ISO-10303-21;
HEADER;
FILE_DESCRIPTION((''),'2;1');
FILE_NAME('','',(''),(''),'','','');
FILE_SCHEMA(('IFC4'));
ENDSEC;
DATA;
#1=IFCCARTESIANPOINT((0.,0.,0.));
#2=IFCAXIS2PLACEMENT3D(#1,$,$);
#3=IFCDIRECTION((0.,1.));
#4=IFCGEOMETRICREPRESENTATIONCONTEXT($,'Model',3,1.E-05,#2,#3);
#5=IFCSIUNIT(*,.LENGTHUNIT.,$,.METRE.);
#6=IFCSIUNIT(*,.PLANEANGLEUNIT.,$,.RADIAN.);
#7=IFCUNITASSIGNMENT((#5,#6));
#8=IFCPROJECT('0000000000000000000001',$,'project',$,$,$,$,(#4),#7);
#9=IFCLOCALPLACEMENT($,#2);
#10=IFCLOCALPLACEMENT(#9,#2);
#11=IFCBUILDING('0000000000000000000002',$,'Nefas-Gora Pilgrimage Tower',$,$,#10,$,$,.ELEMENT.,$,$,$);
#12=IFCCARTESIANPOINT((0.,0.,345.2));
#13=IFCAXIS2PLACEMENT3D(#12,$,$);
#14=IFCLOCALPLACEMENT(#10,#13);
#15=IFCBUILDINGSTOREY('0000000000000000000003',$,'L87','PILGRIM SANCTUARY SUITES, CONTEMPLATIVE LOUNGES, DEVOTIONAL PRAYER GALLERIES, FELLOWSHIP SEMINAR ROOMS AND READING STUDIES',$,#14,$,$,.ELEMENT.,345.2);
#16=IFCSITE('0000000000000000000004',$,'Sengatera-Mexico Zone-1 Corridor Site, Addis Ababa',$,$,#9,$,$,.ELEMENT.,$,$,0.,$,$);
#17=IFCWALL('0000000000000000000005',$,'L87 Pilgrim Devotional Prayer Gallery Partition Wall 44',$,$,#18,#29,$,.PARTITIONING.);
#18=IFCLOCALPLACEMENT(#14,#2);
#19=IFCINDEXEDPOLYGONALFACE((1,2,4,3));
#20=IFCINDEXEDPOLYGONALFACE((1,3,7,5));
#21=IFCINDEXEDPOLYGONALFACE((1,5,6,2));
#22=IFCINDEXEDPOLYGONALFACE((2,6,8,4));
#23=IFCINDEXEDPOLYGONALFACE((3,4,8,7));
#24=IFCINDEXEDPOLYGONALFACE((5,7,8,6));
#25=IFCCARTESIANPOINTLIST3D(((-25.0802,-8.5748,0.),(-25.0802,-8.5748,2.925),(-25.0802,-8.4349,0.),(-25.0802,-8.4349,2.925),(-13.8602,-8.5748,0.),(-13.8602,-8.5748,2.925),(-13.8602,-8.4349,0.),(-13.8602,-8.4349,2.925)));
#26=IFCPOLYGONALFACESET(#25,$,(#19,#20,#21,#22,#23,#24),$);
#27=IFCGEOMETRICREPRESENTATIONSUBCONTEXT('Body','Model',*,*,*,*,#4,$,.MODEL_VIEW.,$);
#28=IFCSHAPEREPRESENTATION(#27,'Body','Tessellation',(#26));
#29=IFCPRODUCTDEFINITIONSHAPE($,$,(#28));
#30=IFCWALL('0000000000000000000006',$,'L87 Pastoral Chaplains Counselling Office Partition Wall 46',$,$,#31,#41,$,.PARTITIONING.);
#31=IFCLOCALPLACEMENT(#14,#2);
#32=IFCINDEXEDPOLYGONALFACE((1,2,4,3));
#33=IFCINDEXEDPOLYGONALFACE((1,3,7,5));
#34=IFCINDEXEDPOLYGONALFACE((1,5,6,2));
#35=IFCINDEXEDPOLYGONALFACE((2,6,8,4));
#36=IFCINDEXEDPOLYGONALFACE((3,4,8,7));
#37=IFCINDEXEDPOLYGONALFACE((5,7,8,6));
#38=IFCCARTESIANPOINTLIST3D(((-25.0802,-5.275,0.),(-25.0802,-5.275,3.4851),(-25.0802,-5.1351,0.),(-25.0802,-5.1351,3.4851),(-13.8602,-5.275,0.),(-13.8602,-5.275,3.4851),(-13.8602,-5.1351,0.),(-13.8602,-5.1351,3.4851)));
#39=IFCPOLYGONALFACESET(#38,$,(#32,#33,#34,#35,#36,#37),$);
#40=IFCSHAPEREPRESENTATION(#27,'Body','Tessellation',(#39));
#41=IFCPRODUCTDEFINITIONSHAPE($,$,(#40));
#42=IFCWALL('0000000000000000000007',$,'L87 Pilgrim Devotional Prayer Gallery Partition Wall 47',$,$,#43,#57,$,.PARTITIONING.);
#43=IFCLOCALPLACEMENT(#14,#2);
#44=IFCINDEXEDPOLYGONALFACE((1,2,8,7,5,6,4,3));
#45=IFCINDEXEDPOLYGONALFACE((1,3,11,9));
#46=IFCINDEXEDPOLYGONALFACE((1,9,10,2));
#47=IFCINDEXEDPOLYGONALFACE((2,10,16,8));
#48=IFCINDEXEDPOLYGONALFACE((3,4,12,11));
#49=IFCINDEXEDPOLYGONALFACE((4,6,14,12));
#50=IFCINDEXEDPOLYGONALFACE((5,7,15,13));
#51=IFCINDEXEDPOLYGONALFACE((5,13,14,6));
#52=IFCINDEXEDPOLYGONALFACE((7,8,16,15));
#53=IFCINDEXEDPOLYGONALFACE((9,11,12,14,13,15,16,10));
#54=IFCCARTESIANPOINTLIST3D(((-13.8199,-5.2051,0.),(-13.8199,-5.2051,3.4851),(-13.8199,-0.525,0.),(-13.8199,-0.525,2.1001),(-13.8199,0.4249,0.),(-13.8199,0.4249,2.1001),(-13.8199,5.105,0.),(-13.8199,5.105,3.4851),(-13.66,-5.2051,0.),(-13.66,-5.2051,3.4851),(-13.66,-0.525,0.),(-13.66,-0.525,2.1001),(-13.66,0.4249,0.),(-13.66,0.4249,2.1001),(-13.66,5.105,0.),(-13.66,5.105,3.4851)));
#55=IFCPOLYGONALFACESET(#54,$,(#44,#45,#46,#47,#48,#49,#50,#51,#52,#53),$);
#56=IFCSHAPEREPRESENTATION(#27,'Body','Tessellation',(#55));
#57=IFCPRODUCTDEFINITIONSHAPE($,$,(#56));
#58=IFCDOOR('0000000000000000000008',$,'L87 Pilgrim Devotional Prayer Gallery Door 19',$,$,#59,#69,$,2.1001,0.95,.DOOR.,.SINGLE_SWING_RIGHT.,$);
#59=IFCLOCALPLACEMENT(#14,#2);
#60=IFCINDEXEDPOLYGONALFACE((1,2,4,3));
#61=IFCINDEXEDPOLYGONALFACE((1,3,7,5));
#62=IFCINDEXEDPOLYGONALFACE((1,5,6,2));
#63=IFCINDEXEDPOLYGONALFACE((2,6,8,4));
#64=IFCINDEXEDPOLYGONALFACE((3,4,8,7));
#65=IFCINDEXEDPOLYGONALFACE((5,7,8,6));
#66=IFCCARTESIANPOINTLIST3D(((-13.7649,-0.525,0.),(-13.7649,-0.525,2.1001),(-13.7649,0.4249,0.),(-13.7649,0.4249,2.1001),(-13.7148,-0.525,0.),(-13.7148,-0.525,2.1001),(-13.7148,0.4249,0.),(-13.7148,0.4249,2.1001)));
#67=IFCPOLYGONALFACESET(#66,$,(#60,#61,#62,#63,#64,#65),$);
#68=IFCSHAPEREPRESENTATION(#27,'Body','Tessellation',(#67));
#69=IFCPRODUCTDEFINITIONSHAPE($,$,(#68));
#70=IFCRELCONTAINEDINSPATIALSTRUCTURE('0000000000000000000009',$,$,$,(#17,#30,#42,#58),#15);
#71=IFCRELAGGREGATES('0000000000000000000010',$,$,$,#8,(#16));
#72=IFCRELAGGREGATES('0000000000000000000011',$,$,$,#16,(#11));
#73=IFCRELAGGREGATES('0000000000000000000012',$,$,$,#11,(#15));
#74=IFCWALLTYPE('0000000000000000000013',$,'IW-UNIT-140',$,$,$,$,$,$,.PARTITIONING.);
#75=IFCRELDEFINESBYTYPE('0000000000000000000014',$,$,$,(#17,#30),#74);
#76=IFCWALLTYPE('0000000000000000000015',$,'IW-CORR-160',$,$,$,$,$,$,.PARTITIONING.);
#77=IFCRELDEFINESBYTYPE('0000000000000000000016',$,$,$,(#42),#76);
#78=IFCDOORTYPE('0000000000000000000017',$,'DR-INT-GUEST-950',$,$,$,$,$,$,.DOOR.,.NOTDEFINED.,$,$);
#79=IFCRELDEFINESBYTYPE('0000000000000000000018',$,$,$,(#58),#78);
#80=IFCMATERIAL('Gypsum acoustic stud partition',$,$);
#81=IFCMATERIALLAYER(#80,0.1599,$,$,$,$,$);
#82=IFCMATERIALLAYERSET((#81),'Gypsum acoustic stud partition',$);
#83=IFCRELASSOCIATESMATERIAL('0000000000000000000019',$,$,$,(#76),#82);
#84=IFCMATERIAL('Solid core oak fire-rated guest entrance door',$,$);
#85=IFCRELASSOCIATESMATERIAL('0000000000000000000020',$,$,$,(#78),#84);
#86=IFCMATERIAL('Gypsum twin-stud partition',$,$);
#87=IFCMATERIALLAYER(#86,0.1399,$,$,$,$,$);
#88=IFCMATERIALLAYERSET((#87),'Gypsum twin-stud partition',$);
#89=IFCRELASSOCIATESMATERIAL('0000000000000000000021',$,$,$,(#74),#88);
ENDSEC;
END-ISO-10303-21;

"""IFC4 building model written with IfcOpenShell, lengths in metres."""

from ifc_helpers import new_model, si_unit, direction, frame, frame_2d, origin, place, context, subcontext, project, spatial, rectangle, extrude, source, transform, mapped, material, layer, layer_set, type_object, element, fill, save


model = new_model("IFC4")

# Units and contexts
model_context = context("Model", 3, precision=1e-05, world=origin(), true_north=direction((0.0, 1.0)))
body_context = subcontext(model_context, "Body", "Model", "MODEL_VIEW")
ifc_project = project(units=[si_unit("LENGTHUNIT", "METRE"), si_unit("PLANEANGLEUNIT", "RADIAN")], contexts=[model_context])

# Site, building, storey
site_placement = place(None, origin())
site = spatial("IfcSite", under=ifc_project, at=site_placement, Name="Sengatera-Mexico Zone-1 Corridor Site, Addis Ababa", CompositionType="ELEMENT", RefElevation=0.0)
building_placement = place(site_placement, origin())
building = spatial("IfcBuilding", under=site, at=building_placement, Name="Nefas-Gora Pilgrimage Tower", CompositionType="ELEMENT")
storey_placement = place(building_placement, frame((0.0, 0.0, 345.2)))
storey = spatial("IfcBuildingStorey", under=building, at=storey_placement, Name="L87", Description="PILGRIM SANCTUARY SUITES, CONTEMPLATIVE LOUNGES, DEVOTIONAL PRAYER GALLERIES, FELLOWSHIP SEMINAR ROOMS AND READING STUDIES", CompositionType="ELEMENT", Elevation=345.2)

# Shared definitions
ifc_material_1 = material(Name="Gypsum acoustic stud partition")
ifc_layer_1 = layer(ifc_material_1, 0.1599)
ifc_layer_set_1 = layer_set([ifc_layer_1], Name="Gypsum acoustic stud partition")
wall_type_1 = type_object("IfcWallType", Name="IW-CORR-160", PredefinedType="PARTITIONING", material=ifc_layer_set_1)
ifc_material_2 = material(Name="Solid core oak fire-rated guest entrance door")
door_type_1 = type_object("IfcDoorType", Name="DR-INT-GUEST-950", OperationType="NOTDEFINED", PredefinedType="DOOR", material=ifc_material_2)
shared_shape_1 = source(origin(), body_context, "Body", "SweptSolid", [
    extrude(rectangle(XDim=0.95, YDim=2.1001, at=frame_2d((0.4751, 1.05))), frame((0.0, 0.0249, 0.0), z_axis=(0.0, -1.0, 0.0), x_axis=(1.0, 0.0, 0.0)), (0.0, 0.0, 1.0), 0.05),
])

# Wall
ifc_material_3 = material(Name="Gypsum twin-stud partition")
ifc_layer_2 = layer(ifc_material_3, 0.1399)
ifc_layer_set_2 = layer_set([ifc_layer_2], Name="Gypsum twin-stud partition")
wall_type_2 = type_object("IfcWallType", Name="IW-UNIT-140", PredefinedType="PARTITIONING", material=ifc_layer_set_2)
shared_shape_2 = source(origin(), body_context, "Body", "SweptSolid", [
    extrude(rectangle(XDim=11.22, YDim=0.1399, at=frame_2d((5.6099, 0.0))), origin(), (0.0, 0.0, 1.0), 2.925),
])
wall_1_placement = place(storey_placement, frame((-25.0801, -8.5049, 0.0), z_axis=(0.0, 0.0, 1.0), x_axis=(1.0, 0.0, 0.0)))
element("IfcWall", 1, at=wall_1_placement, inside=storey, type_object=wall_type_2, Name="L87 Pilgrim Devotional Prayer Gallery Partition Wall 44", PredefinedType="PARTITIONING", context=body_context, shape_type="MappedRepresentation", body=[
    mapped(shared_shape_2, transform((0.0, 0.0, 0.0), x_axis=(1.0, 0.0, 0.0), y_axis=(0.0, 1.0, 0.0), z_axis=(0.0, 0.0, 1.0), scale=1.0)),
])

# Wall
shared_shape_3 = source(origin(), body_context, "Body", "SweptSolid", [
    extrude(rectangle(XDim=11.22, YDim=0.1399, at=frame_2d((5.6099, 0.0))), origin(), (0.0, 0.0, 1.0), 3.4851),
])
wall_2_placement = place(storey_placement, frame((-25.0801, -5.2051, 0.0), z_axis=(0.0, 0.0, 1.0), x_axis=(1.0, 0.0, 0.0)))
element("IfcWall", 2, at=wall_2_placement, inside=storey, type_object=wall_type_2, Name="L87 Pastoral Chaplains Counselling Office Partition Wall 46", PredefinedType="PARTITIONING", context=body_context, shape_type="MappedRepresentation", body=[
    mapped(shared_shape_3, transform((0.0, 0.0, 0.0), x_axis=(1.0, 0.0, 0.0), y_axis=(0.0, 1.0, 0.0), z_axis=(0.0, 0.0, 1.0), scale=1.0)),
])

# Wall, opening, door
shared_shape_4 = source(origin(), body_context, "Body", "SweptSolid", [
    extrude(rectangle(XDim=10.3101, YDim=0.1599, at=frame_2d((5.155, 0.0))), origin(), (0.0, 0.0, 1.0), 3.4851),
])
wall_3_placement = place(storey_placement, frame((-13.74, -5.2051, 0.0), z_axis=(0.0, 0.0, 1.0), x_axis=(0.0, 1.0, 0.0)))
wall_3 = element("IfcWall", 3, at=wall_3_placement, inside=storey, type_object=wall_type_1, Name="L87 Pilgrim Devotional Prayer Gallery Partition Wall 47", PredefinedType="PARTITIONING", context=body_context, shape_type="MappedRepresentation", body=[
    mapped(shared_shape_4, transform((0.0, 0.0, 0.0), x_axis=(1.0, 0.0, 0.0), y_axis=(0.0, 1.0, 0.0), z_axis=(0.0, 0.0, 1.0), scale=1.0)),
])
opening_1_placement = place(wall_3_placement, frame((4.6799, 0.0, 0.0)))
opening_1 = element("IfcOpeningElement", 4, at=opening_1_placement, cuts=wall_3, PredefinedType="OPENING", context=body_context, shape_type="SweptSolid", body=[
    extrude(rectangle(XDim=0.95, YDim=2.1001, at=frame_2d((0.4751, 1.05))), frame((0.0, 0.0898, 0.0), z_axis=(0.0, -1.0, 0.0), x_axis=(1.0, 0.0, 0.0)), (0.0, 0.0, 1.0), 0.1799),
])
door_1_placement = place(opening_1_placement, origin())
door_1 = element("IfcDoor", 5, at=door_1_placement, inside=storey, type_object=door_type_1, Name="L87 Pilgrim Devotional Prayer Gallery Door 19", OperationType="SINGLE_SWING_RIGHT", OverallHeight=2.1001, OverallWidth=0.95, PredefinedType="DOOR", context=body_context, shape_type="MappedRepresentation", body=[
    mapped(shared_shape_1, transform((0.0, 0.0, 0.0), x_axis=(1.0, 0.0, 0.0), y_axis=(0.0, 1.0, 0.0), z_axis=(0.0, 0.0, 1.0), scale=1.0)),
])
fill(opening_1, door_1)

save(model, "model.ifc")
